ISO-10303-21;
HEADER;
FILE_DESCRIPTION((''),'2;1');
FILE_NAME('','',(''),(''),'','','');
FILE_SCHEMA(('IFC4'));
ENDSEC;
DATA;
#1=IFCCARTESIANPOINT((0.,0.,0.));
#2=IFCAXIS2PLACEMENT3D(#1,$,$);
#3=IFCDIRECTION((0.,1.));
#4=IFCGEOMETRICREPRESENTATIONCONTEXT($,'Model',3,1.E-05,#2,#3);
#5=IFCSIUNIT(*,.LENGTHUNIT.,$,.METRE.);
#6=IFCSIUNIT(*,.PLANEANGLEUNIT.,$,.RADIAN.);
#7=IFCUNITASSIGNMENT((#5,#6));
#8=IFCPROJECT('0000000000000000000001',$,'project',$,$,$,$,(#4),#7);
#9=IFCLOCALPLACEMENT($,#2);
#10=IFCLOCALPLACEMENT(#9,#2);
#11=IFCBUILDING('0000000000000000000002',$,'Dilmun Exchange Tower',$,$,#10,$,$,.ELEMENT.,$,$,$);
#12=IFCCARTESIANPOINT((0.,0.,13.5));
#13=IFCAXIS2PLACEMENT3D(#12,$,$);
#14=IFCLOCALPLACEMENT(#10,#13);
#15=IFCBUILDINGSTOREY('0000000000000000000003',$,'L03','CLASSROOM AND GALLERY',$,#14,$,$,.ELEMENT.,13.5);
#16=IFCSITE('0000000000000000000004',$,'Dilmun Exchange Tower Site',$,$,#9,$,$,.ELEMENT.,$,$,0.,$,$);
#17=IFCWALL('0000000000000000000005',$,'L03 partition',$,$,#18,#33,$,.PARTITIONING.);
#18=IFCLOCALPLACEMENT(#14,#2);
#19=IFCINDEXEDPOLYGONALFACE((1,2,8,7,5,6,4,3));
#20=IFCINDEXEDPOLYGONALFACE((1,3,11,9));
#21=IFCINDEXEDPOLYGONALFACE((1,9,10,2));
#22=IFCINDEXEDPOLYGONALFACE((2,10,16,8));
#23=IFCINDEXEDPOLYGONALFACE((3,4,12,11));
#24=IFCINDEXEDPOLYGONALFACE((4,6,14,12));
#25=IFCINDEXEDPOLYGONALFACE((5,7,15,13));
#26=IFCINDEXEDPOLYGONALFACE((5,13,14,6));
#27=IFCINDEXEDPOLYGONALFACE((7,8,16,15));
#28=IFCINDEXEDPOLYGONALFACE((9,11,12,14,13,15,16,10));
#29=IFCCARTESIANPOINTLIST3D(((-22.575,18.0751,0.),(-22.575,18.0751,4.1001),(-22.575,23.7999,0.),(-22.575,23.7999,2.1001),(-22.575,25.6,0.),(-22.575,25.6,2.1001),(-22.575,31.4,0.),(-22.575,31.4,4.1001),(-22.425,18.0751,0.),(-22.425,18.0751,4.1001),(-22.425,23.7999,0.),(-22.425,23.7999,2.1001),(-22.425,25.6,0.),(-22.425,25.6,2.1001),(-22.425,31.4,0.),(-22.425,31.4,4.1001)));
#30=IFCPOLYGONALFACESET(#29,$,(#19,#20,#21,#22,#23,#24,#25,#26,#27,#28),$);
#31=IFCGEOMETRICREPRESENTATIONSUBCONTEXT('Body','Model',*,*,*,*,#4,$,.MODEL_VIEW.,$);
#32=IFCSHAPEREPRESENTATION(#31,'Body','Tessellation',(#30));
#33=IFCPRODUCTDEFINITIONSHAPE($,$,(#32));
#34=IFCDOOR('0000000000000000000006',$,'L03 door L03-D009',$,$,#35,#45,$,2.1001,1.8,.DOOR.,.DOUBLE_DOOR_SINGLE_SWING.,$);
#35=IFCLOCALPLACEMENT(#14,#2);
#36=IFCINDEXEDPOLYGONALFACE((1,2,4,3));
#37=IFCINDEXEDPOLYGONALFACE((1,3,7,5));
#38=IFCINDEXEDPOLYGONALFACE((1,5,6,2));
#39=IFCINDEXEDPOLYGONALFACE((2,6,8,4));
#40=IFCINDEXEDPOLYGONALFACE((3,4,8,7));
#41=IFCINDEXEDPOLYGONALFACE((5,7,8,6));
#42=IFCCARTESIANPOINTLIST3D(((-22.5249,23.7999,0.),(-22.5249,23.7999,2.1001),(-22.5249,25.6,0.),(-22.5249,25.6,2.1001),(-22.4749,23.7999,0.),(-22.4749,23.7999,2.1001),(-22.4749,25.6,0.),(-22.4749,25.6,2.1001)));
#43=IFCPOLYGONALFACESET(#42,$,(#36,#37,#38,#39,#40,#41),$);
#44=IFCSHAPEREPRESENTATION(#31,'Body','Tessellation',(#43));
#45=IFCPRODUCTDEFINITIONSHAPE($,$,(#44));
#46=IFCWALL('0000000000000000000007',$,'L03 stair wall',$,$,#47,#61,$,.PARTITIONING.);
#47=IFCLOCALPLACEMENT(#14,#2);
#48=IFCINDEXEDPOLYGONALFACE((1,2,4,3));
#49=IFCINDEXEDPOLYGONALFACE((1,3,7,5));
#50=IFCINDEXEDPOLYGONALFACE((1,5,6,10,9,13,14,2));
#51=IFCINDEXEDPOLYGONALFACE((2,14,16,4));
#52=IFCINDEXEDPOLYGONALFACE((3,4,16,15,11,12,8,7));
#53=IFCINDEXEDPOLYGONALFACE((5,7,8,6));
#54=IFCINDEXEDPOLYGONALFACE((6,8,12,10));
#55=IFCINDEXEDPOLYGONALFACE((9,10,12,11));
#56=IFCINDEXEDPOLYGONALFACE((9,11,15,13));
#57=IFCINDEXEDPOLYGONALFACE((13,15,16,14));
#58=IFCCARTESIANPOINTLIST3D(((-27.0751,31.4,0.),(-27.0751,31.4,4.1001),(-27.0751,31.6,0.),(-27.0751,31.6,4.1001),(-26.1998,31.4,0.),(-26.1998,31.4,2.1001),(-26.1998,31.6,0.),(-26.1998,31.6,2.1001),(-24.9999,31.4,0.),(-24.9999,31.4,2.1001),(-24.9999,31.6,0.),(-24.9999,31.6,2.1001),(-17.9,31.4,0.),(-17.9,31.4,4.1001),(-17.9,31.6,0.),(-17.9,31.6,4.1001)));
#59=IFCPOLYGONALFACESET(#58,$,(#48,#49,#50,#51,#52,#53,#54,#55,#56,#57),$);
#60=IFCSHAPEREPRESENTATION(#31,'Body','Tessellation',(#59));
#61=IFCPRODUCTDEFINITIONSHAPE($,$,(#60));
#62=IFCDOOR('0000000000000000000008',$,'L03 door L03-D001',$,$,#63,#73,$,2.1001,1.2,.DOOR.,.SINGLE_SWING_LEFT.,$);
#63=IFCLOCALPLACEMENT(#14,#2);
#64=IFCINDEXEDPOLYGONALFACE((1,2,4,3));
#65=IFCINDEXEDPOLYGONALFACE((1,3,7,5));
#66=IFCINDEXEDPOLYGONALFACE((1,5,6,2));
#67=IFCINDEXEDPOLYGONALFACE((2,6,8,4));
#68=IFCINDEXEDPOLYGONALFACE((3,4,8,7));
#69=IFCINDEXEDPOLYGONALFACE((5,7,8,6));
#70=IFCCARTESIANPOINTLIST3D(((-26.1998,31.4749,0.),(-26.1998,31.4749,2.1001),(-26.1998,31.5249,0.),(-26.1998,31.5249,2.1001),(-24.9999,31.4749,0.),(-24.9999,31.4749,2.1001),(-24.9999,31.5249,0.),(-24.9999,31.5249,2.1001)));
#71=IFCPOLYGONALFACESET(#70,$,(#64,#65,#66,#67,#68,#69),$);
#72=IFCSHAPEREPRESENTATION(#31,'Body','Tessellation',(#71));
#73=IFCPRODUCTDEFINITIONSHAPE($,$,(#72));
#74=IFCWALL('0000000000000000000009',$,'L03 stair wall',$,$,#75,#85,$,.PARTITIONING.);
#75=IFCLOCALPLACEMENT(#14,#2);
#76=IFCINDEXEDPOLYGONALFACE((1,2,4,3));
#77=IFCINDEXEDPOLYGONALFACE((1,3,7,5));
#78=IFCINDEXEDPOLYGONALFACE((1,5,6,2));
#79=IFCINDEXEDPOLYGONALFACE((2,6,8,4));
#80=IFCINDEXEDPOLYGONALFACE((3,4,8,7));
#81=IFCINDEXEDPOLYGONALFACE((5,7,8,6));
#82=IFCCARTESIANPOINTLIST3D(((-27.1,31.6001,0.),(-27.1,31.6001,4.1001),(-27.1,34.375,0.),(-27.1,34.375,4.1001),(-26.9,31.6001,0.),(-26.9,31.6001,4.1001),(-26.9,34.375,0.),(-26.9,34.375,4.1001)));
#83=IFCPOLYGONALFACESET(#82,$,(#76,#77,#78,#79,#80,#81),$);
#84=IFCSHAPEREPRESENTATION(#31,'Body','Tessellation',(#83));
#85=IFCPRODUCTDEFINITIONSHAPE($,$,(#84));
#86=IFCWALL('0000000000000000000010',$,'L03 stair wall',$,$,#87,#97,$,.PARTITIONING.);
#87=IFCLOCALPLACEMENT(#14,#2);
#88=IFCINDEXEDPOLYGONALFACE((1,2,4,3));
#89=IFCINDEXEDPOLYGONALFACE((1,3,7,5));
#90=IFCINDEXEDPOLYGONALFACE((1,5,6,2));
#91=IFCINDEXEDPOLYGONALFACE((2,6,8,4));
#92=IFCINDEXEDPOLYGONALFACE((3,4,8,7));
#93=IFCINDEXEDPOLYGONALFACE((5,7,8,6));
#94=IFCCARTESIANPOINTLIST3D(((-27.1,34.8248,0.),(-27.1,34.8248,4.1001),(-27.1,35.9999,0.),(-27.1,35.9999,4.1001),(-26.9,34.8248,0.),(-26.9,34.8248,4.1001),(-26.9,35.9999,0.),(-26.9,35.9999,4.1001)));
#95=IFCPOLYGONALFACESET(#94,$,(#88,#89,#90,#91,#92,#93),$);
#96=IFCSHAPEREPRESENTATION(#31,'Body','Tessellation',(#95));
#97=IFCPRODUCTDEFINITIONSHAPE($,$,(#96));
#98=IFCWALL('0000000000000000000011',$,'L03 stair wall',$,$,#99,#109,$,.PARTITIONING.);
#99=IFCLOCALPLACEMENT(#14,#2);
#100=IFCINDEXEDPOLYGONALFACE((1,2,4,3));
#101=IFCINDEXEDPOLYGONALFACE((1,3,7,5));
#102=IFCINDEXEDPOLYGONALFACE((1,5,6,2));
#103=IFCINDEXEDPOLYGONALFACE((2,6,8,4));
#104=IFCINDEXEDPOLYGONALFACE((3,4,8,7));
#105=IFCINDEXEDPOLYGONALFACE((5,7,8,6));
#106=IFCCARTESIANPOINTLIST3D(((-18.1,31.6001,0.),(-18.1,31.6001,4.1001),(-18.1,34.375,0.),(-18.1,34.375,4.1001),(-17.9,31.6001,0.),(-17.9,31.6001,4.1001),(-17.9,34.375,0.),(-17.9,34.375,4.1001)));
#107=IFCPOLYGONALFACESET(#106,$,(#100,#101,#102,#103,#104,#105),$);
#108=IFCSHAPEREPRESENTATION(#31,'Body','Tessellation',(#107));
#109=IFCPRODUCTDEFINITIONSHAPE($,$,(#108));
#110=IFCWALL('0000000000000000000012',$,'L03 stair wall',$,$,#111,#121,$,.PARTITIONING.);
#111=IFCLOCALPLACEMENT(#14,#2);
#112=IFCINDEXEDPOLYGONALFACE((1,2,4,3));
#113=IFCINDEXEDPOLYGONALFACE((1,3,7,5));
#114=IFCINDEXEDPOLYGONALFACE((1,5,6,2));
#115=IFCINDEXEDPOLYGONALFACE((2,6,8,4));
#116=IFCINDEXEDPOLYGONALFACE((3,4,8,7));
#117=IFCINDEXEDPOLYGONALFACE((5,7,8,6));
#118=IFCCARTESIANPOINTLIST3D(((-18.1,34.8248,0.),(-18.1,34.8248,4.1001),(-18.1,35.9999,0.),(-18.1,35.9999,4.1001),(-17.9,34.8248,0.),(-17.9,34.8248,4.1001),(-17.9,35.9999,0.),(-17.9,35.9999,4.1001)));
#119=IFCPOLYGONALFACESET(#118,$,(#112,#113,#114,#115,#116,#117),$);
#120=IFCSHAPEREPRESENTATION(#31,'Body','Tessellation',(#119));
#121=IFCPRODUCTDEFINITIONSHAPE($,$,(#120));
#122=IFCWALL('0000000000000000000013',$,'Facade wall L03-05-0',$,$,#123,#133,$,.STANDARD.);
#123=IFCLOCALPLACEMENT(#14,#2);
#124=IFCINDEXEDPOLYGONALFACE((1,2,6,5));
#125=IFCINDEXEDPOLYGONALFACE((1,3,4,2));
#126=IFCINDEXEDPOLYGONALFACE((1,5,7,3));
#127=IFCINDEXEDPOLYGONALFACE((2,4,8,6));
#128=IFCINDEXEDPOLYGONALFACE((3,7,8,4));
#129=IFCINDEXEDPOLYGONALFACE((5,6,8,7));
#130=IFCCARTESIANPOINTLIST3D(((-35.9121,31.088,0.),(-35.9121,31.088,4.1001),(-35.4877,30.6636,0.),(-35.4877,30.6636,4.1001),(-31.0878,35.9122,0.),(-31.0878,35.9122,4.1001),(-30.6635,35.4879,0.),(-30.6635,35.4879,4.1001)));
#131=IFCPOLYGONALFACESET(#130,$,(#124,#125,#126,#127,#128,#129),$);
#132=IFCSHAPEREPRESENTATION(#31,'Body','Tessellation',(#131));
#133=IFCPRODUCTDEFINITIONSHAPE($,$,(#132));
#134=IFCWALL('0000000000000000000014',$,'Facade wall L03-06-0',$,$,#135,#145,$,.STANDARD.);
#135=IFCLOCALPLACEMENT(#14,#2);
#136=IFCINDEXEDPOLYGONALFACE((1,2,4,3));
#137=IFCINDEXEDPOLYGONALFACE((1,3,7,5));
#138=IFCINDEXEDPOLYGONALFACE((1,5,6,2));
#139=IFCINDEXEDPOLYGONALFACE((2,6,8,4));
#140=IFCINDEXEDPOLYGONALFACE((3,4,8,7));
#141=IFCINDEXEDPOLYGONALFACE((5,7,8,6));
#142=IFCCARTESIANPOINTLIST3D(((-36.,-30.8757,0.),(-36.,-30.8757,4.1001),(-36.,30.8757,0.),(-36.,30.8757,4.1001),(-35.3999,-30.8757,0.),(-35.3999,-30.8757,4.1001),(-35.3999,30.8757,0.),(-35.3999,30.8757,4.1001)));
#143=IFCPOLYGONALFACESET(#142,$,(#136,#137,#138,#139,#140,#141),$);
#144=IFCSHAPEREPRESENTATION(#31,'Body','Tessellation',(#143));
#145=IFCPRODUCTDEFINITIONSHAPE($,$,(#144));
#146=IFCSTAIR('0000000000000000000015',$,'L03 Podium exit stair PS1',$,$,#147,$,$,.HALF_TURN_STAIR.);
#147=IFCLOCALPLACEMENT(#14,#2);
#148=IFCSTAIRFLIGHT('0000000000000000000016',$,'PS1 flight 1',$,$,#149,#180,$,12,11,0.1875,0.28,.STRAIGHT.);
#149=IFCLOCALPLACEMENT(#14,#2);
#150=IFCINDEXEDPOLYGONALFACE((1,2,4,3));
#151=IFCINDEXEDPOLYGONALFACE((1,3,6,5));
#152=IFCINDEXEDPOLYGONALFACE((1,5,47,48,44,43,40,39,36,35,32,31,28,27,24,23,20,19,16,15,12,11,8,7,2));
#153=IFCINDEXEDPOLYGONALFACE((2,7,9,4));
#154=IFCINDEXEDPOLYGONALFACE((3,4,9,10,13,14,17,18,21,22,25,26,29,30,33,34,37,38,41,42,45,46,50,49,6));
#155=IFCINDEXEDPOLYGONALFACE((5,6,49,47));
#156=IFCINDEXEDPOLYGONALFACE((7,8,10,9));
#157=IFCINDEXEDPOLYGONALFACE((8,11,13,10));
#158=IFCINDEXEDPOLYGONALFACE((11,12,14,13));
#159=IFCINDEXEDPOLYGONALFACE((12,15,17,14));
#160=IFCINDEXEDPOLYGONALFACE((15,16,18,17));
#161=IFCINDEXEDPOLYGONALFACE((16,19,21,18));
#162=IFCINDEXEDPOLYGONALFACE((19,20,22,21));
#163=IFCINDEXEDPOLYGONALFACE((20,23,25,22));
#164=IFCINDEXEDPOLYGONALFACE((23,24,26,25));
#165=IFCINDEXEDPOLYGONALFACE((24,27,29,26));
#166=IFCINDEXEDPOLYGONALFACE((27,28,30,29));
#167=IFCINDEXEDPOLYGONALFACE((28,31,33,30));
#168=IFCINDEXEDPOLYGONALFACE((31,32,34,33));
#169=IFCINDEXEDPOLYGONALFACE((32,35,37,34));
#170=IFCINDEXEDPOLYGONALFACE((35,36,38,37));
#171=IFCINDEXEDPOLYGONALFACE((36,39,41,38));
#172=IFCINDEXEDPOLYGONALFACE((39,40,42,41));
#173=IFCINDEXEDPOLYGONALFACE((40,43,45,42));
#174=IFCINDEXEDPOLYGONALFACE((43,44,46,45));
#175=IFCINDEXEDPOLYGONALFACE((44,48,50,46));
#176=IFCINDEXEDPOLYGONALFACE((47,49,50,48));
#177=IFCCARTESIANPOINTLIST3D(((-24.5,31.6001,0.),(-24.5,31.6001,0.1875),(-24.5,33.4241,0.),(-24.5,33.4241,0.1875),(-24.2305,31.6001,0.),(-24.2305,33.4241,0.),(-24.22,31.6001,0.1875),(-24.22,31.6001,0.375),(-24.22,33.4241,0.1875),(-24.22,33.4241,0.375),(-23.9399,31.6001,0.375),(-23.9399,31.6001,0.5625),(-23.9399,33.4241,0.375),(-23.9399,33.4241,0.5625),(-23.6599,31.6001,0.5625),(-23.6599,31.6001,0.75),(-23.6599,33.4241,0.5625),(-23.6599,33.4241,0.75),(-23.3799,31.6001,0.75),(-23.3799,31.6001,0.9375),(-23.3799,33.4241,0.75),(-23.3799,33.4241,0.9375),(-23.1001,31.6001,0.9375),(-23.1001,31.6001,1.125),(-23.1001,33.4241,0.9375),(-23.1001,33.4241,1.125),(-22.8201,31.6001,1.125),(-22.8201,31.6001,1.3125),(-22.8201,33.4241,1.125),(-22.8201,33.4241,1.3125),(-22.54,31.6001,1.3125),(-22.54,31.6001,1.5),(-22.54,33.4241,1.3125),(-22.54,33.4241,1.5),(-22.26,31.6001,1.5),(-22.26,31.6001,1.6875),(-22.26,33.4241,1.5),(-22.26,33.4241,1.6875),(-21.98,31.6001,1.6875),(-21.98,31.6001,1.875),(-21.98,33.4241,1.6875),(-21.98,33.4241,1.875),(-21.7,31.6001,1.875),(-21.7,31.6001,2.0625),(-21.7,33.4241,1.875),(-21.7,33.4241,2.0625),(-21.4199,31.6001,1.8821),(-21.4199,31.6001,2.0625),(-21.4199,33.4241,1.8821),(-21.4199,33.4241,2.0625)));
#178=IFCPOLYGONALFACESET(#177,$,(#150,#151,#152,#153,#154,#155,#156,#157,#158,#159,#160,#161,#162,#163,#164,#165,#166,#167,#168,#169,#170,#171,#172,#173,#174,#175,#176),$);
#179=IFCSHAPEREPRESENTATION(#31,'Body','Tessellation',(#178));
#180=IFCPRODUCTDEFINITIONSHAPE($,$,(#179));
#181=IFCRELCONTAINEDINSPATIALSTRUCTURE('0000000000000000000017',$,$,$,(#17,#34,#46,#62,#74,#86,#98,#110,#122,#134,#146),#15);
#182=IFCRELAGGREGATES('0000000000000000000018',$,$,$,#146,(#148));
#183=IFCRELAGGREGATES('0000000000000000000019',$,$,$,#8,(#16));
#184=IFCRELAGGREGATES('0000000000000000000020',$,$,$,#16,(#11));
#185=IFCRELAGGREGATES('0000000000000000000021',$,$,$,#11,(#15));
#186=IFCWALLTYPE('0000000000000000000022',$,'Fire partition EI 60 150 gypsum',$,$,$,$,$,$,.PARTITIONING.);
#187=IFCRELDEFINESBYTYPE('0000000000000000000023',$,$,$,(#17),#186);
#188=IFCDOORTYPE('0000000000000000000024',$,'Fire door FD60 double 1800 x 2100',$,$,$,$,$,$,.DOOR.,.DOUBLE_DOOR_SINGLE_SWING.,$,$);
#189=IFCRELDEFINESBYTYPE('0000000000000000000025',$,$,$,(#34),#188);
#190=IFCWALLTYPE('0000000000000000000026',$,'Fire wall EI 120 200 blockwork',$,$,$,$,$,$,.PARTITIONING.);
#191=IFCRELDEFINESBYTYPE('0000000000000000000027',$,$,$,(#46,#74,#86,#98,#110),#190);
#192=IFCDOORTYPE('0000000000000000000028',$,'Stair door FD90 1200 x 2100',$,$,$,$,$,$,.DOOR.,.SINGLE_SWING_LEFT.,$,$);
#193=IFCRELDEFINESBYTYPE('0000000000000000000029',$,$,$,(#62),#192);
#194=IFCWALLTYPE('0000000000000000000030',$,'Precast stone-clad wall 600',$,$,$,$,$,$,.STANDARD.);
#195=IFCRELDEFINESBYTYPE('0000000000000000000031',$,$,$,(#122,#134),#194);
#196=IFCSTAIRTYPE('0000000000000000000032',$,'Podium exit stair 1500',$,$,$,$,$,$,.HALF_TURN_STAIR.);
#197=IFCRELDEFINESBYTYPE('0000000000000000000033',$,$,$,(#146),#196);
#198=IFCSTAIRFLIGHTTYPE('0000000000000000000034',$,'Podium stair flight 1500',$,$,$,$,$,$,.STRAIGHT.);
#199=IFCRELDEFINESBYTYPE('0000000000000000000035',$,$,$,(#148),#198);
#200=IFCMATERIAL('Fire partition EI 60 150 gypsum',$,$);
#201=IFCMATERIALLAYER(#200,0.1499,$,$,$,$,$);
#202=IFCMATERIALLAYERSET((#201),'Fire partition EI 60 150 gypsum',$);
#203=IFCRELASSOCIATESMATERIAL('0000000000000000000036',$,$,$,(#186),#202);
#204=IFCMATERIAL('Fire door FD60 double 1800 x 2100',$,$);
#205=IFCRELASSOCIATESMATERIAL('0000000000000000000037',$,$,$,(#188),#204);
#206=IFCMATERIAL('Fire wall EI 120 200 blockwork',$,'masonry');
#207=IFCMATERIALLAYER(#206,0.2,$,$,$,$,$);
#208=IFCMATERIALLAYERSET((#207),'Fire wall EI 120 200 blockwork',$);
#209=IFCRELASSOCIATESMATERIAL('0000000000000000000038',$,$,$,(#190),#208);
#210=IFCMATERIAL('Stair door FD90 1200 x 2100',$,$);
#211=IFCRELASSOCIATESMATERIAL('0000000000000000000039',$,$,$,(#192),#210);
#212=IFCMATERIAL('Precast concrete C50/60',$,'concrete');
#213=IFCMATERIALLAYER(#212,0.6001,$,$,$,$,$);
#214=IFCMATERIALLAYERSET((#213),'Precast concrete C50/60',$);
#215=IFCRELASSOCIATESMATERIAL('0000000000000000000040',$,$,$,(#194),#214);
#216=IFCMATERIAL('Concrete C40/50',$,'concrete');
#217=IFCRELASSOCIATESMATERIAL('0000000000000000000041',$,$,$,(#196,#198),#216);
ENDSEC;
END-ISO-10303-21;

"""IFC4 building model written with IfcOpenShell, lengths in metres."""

from ifc_helpers import new_model, si_unit, direction, frame, frame_2d, origin, place, context, subcontext, project, spatial, polyline, rectangle, outline, extrude, material, layer, layer_set, type_object, element, fill, aggregate, save


model = new_model("IFC4")

# Units and contexts
model_context = context("Model", 3, precision=1e-05, world=origin(), true_north=direction((0.0, 1.0)))
body_context = subcontext(model_context, "Body", "Model", "MODEL_VIEW")
ifc_project = project(units=[si_unit("LENGTHUNIT", "METRE"), si_unit("PLANEANGLEUNIT", "RADIAN")], contexts=[model_context])

# Site, building, storey
site_placement = place(None, origin())
site = spatial("IfcSite", under=ifc_project, at=site_placement, Name="Dilmun Exchange Tower Site", CompositionType="ELEMENT", RefElevation=0.0)
building_placement = place(site_placement, origin())
building = spatial("IfcBuilding", under=site, at=building_placement, Name="Dilmun Exchange Tower", CompositionType="ELEMENT")
storey_placement = place(building_placement, frame((0.0, 0.0, 13.5)))
storey = spatial("IfcBuildingStorey", under=building, at=storey_placement, Name="L03", Description="CLASSROOM AND GALLERY", CompositionType="ELEMENT", Elevation=13.5)

# Shared definitions
ifc_material_1 = material(Name="Fire partition EI 60 150 gypsum")
ifc_layer_1 = layer(ifc_material_1, 0.1499)
ifc_layer_set_1 = layer_set([ifc_layer_1], Name="Fire partition EI 60 150 gypsum")
wall_type_1 = type_object("IfcWallType", Name="Fire partition EI 60 150 gypsum", PredefinedType="PARTITIONING", material=ifc_layer_set_1)

# Shared definitions
ifc_material_2 = material(Name="Fire door FD60 double 1800 x 2100")
door_type_1 = type_object("IfcDoorType", Name="Fire door FD60 double 1800 x 2100", OperationType="DOUBLE_DOOR_SINGLE_SWING", PredefinedType="DOOR", material=ifc_material_2)

# Walls, openings, doors
wall_1_placement = place(storey_placement, frame((-22.5, 18.075, 0.0), z_axis=(0.0, 0.0, 1.0), x_axis=(0.0, 1.0, 0.0)))
wall_1 = element("IfcWall", 1, at=wall_1_placement, inside=storey, type_object=wall_type_1, Name="L03 partition", PredefinedType="PARTITIONING", context=body_context, shape_type="SweptSolid", body=[
    extrude(rectangle(XDim=13.325, YDim=0.1499, at=frame_2d((6.6626, 0.0))), origin(), (0.0, 0.0, 1.0), 4.1001),
])
opening_1_placement = place(wall_1_placement, frame((5.7251, 0.0, 0.0)))
opening_1 = element("IfcOpeningElement", 2, at=opening_1_placement, cuts=wall_1, PredefinedType="OPENING", context=body_context, shape_type="SweptSolid", body=[
    extrude(rectangle(XDim=1.8, YDim=2.1001, at=frame_2d((0.8999, 1.05))), frame((0.0, 0.085, 0.0), z_axis=(0.0, -1.0, 0.0), x_axis=(1.0, 0.0, 0.0)), (0.0, 0.0, 1.0), 0.1699),
])
door_1_placement = place(opening_1_placement, origin())
door_1 = element("IfcDoor", 3, at=door_1_placement, inside=storey, type_object=door_type_1, Name="L03 door L03-D009", OperationType="DOUBLE_DOOR_SINGLE_SWING", OverallHeight=2.1001, OverallWidth=1.8, PredefinedType="DOOR", context=body_context, shape_type="SweptSolid", body=[
    extrude(rectangle(XDim=1.8, YDim=2.1001, at=frame_2d((0.8999, 1.05))), frame((0.0, 0.0249, 0.0), z_axis=(0.0, -1.0, 0.0), x_axis=(1.0, 0.0, 0.0)), (0.0, 0.0, 1.0), 0.05),
])
fill(opening_1, door_1)
ifc_material_3 = material(Name="Fire wall EI 120 200 blockwork", Category="masonry")
ifc_layer_2 = layer(ifc_material_3, 0.2)
ifc_layer_set_2 = layer_set([ifc_layer_2], Name="Fire wall EI 120 200 blockwork")
wall_type_2 = type_object("IfcWallType", Name="Fire wall EI 120 200 blockwork", PredefinedType="PARTITIONING", material=ifc_layer_set_2)
wall_2_placement = place(storey_placement, frame((-27.075, 31.5, 0.0), z_axis=(0.0, 0.0, 1.0), x_axis=(1.0, 0.0, 0.0)))
wall_2 = element("IfcWall", 4, at=wall_2_placement, inside=storey, type_object=wall_type_2, Name="L03 stair wall", PredefinedType="PARTITIONING", context=body_context, shape_type="SweptSolid", body=[
    extrude(rectangle(XDim=9.175, YDim=0.2, at=frame_2d((4.5874, 0.0))), origin(), (0.0, 0.0, 1.0), 4.1001),
])
opening_2_placement = place(wall_2_placement, frame((0.875, 0.0, 0.0)))
opening_2 = element("IfcOpeningElement", 5, at=opening_2_placement, cuts=wall_2, PredefinedType="OPENING", context=body_context, shape_type="SweptSolid", body=[
    extrude(rectangle(XDim=1.2, YDim=2.1001, at=frame_2d((0.6001, 1.05))), frame((0.0, 0.1099, 0.0), z_axis=(0.0, -1.0, 0.0), x_axis=(1.0, 0.0, 0.0)), (0.0, 0.0, 1.0), 0.22),
])
ifc_material_4 = material(Name="Stair door FD90 1200 x 2100")
door_type_2 = type_object("IfcDoorType", Name="Stair door FD90 1200 x 2100", OperationType="SINGLE_SWING_LEFT", PredefinedType="DOOR", material=ifc_material_4)
door_2_placement = place(opening_2_placement, origin())
door_2 = element("IfcDoor", 6, at=door_2_placement, inside=storey, type_object=door_type_2, Name="L03 door L03-D001", OperationType="SINGLE_SWING_LEFT", OverallHeight=2.1001, OverallWidth=1.2, PredefinedType="DOOR", context=body_context, shape_type="SweptSolid", body=[
    extrude(rectangle(XDim=1.2, YDim=2.1001, at=frame_2d((0.6001, 1.05))), frame((0.0, 0.0249, 0.0), z_axis=(0.0, -1.0, 0.0), x_axis=(1.0, 0.0, 0.0)), (0.0, 0.0, 1.0), 0.05),
])
fill(opening_2, door_2)

# Walls
wall_3_placement = place(storey_placement, frame((-27.0, 31.6001, 0.0), z_axis=(0.0, 0.0, 1.0), x_axis=(0.0, 1.0, 0.0)))
element("IfcWall", 7, at=wall_3_placement, inside=storey, type_object=wall_type_2, Name="L03 stair wall", PredefinedType="PARTITIONING", context=body_context, shape_type="SweptSolid", body=[
    extrude(rectangle(XDim=2.7749, YDim=0.2, at=frame_2d((1.3875, 0.0))), origin(), (0.0, 0.0, 1.0), 4.1001),
])
wall_4_placement = place(storey_placement, frame((-27.0, 34.825, 0.0), z_axis=(0.0, 0.0, 1.0), x_axis=(0.0, 1.0, 0.0)))
element("IfcWall", 8, at=wall_4_placement, inside=storey, type_object=wall_type_2, Name="L03 stair wall", PredefinedType="PARTITIONING", context=body_context, shape_type="SweptSolid", body=[
    extrude(rectangle(XDim=1.175, YDim=0.2, at=frame_2d((0.5874, 0.0))), origin(), (0.0, 0.0, 1.0), 4.1001),
])
wall_5_placement = place(storey_placement, frame((-18.0, 31.6001, 0.0), z_axis=(0.0, 0.0, 1.0), x_axis=(0.0, 1.0, 0.0)))
element("IfcWall", 9, at=wall_5_placement, inside=storey, type_object=wall_type_2, Name="L03 stair wall", PredefinedType="PARTITIONING", context=body_context, shape_type="SweptSolid", body=[
    extrude(rectangle(XDim=2.7749, YDim=0.2, at=frame_2d((1.3875, 0.0))), origin(), (0.0, 0.0, 1.0), 4.1001),
])
wall_6_placement = place(storey_placement, frame((-18.0, 34.825, 0.0), z_axis=(0.0, 0.0, 1.0), x_axis=(0.0, 1.0, 0.0)))
element("IfcWall", 10, at=wall_6_placement, inside=storey, type_object=wall_type_2, Name="L03 stair wall", PredefinedType="PARTITIONING", context=body_context, shape_type="SweptSolid", body=[
    extrude(rectangle(XDim=1.175, YDim=0.2, at=frame_2d((0.5874, 0.0))), origin(), (0.0, 0.0, 1.0), 4.1001),
])
ifc_material_5 = material(Name="Precast concrete C50/60", Category="concrete")
ifc_layer_3 = layer(ifc_material_5, 0.6001)
ifc_layer_set_3 = layer_set([ifc_layer_3], Name="Precast concrete C50/60")
wall_type_3 = type_object("IfcWallType", Name="Precast stone-clad wall 600", PredefinedType="STANDARD", material=ifc_layer_set_3)
wall_7_placement = place(storey_placement, frame((-30.8757, 35.7, 0.0), z_axis=(0.0, 0.0, 1.0), x_axis=(-0.707107, -0.707107, 0.0)))
element("IfcWall", 11, at=wall_7_placement, inside=storey, type_object=wall_type_3, Name="Facade wall L03-05-0", PredefinedType="STANDARD", context=body_context, shape_type="SweptSolid", body=[
    extrude(rectangle(XDim=6.8225, YDim=0.6001, at=frame_2d((3.4111, 0.0))), origin(), (0.0, 0.0, 1.0), 4.1001),
])
wall_8_placement = place(storey_placement, frame((-35.7, 30.8757, 0.0), z_axis=(0.0, 0.0, 1.0), x_axis=(0.0, -1.0, 0.0)))
element("IfcWall", 12, at=wall_8_placement, inside=storey, type_object=wall_type_3, Name="Facade wall L03-06-0", PredefinedType="STANDARD", context=body_context, shape_type="SweptSolid", body=[
    extrude(rectangle(XDim=61.7515, YDim=0.6001, at=frame_2d((30.8757, 0.0))), origin(), (0.0, 0.0, 1.0), 4.1001),
])

# Stair, stair flight
ifc_material_6 = material(Name="Concrete C40/50", Category="concrete")
stair_type = type_object("IfcStairType", Name="Podium exit stair 1500", PredefinedType="HALF_TURN_STAIR", material=ifc_material_6)
stair_placement = place(storey_placement, origin())
stair = element("IfcStair", 13, at=stair_placement, inside=storey, type_object=stair_type, Name="L03 Podium exit stair PS1", PredefinedType="HALF_TURN_STAIR")
stair_flight_type = type_object("IfcStairFlightType", Name="Podium stair flight 1500", PredefinedType="STRAIGHT", material=ifc_material_6)
stair_flight_1_placement = place(storey_placement, frame((-24.5, 32.512, 0.0), z_axis=(0.0, 0.0, 1.0), x_axis=(1.0, 0.0, 0.0)))
stair_flight_1 = element("IfcStairFlight", 14, at=stair_flight_1_placement, type_object=stair_flight_type, Name="PS1 flight 1", NumberOfRisers=12, NumberOfTreads=11, PredefinedType="STRAIGHT", RiserHeight=0.1875, TreadLength=0.28, context=body_context, shape_type="SweptSolid", body=[
    extrude(outline(polyline([(0.0, 0.0), (0.0, 0.1875), (0.28, 0.1875), (0.28, 0.375), (0.5601, 0.375), (0.5601, 0.5625), (0.8401, 0.5625), (0.8401, 0.75), (1.1201, 0.75), (1.1201, 0.9375), (1.3999, 0.9375), (1.3999, 1.125), (1.6799, 1.125), (1.6799, 1.3125), (1.96, 1.3125), (1.96, 1.5), (2.24, 1.5), (2.24, 1.6875), (2.52, 1.6875), (2.52, 1.875), (2.8, 1.875), (2.8, 2.0625), (3.0801, 2.0625), (3.0801, 2.25), (3.0801, 1.8821), (0.2695, 0.0), (0.0, 0.0)])), frame((0.0, 0.9121, 0.0), z_axis=(0.0, -1.0, 0.0), x_axis=(1.0, 0.0, 0.0)), (0.0, 0.0, 1.0), 1.824),
])
aggregate(stair, [stair_flight_1])

save(model, "model.ifc")
